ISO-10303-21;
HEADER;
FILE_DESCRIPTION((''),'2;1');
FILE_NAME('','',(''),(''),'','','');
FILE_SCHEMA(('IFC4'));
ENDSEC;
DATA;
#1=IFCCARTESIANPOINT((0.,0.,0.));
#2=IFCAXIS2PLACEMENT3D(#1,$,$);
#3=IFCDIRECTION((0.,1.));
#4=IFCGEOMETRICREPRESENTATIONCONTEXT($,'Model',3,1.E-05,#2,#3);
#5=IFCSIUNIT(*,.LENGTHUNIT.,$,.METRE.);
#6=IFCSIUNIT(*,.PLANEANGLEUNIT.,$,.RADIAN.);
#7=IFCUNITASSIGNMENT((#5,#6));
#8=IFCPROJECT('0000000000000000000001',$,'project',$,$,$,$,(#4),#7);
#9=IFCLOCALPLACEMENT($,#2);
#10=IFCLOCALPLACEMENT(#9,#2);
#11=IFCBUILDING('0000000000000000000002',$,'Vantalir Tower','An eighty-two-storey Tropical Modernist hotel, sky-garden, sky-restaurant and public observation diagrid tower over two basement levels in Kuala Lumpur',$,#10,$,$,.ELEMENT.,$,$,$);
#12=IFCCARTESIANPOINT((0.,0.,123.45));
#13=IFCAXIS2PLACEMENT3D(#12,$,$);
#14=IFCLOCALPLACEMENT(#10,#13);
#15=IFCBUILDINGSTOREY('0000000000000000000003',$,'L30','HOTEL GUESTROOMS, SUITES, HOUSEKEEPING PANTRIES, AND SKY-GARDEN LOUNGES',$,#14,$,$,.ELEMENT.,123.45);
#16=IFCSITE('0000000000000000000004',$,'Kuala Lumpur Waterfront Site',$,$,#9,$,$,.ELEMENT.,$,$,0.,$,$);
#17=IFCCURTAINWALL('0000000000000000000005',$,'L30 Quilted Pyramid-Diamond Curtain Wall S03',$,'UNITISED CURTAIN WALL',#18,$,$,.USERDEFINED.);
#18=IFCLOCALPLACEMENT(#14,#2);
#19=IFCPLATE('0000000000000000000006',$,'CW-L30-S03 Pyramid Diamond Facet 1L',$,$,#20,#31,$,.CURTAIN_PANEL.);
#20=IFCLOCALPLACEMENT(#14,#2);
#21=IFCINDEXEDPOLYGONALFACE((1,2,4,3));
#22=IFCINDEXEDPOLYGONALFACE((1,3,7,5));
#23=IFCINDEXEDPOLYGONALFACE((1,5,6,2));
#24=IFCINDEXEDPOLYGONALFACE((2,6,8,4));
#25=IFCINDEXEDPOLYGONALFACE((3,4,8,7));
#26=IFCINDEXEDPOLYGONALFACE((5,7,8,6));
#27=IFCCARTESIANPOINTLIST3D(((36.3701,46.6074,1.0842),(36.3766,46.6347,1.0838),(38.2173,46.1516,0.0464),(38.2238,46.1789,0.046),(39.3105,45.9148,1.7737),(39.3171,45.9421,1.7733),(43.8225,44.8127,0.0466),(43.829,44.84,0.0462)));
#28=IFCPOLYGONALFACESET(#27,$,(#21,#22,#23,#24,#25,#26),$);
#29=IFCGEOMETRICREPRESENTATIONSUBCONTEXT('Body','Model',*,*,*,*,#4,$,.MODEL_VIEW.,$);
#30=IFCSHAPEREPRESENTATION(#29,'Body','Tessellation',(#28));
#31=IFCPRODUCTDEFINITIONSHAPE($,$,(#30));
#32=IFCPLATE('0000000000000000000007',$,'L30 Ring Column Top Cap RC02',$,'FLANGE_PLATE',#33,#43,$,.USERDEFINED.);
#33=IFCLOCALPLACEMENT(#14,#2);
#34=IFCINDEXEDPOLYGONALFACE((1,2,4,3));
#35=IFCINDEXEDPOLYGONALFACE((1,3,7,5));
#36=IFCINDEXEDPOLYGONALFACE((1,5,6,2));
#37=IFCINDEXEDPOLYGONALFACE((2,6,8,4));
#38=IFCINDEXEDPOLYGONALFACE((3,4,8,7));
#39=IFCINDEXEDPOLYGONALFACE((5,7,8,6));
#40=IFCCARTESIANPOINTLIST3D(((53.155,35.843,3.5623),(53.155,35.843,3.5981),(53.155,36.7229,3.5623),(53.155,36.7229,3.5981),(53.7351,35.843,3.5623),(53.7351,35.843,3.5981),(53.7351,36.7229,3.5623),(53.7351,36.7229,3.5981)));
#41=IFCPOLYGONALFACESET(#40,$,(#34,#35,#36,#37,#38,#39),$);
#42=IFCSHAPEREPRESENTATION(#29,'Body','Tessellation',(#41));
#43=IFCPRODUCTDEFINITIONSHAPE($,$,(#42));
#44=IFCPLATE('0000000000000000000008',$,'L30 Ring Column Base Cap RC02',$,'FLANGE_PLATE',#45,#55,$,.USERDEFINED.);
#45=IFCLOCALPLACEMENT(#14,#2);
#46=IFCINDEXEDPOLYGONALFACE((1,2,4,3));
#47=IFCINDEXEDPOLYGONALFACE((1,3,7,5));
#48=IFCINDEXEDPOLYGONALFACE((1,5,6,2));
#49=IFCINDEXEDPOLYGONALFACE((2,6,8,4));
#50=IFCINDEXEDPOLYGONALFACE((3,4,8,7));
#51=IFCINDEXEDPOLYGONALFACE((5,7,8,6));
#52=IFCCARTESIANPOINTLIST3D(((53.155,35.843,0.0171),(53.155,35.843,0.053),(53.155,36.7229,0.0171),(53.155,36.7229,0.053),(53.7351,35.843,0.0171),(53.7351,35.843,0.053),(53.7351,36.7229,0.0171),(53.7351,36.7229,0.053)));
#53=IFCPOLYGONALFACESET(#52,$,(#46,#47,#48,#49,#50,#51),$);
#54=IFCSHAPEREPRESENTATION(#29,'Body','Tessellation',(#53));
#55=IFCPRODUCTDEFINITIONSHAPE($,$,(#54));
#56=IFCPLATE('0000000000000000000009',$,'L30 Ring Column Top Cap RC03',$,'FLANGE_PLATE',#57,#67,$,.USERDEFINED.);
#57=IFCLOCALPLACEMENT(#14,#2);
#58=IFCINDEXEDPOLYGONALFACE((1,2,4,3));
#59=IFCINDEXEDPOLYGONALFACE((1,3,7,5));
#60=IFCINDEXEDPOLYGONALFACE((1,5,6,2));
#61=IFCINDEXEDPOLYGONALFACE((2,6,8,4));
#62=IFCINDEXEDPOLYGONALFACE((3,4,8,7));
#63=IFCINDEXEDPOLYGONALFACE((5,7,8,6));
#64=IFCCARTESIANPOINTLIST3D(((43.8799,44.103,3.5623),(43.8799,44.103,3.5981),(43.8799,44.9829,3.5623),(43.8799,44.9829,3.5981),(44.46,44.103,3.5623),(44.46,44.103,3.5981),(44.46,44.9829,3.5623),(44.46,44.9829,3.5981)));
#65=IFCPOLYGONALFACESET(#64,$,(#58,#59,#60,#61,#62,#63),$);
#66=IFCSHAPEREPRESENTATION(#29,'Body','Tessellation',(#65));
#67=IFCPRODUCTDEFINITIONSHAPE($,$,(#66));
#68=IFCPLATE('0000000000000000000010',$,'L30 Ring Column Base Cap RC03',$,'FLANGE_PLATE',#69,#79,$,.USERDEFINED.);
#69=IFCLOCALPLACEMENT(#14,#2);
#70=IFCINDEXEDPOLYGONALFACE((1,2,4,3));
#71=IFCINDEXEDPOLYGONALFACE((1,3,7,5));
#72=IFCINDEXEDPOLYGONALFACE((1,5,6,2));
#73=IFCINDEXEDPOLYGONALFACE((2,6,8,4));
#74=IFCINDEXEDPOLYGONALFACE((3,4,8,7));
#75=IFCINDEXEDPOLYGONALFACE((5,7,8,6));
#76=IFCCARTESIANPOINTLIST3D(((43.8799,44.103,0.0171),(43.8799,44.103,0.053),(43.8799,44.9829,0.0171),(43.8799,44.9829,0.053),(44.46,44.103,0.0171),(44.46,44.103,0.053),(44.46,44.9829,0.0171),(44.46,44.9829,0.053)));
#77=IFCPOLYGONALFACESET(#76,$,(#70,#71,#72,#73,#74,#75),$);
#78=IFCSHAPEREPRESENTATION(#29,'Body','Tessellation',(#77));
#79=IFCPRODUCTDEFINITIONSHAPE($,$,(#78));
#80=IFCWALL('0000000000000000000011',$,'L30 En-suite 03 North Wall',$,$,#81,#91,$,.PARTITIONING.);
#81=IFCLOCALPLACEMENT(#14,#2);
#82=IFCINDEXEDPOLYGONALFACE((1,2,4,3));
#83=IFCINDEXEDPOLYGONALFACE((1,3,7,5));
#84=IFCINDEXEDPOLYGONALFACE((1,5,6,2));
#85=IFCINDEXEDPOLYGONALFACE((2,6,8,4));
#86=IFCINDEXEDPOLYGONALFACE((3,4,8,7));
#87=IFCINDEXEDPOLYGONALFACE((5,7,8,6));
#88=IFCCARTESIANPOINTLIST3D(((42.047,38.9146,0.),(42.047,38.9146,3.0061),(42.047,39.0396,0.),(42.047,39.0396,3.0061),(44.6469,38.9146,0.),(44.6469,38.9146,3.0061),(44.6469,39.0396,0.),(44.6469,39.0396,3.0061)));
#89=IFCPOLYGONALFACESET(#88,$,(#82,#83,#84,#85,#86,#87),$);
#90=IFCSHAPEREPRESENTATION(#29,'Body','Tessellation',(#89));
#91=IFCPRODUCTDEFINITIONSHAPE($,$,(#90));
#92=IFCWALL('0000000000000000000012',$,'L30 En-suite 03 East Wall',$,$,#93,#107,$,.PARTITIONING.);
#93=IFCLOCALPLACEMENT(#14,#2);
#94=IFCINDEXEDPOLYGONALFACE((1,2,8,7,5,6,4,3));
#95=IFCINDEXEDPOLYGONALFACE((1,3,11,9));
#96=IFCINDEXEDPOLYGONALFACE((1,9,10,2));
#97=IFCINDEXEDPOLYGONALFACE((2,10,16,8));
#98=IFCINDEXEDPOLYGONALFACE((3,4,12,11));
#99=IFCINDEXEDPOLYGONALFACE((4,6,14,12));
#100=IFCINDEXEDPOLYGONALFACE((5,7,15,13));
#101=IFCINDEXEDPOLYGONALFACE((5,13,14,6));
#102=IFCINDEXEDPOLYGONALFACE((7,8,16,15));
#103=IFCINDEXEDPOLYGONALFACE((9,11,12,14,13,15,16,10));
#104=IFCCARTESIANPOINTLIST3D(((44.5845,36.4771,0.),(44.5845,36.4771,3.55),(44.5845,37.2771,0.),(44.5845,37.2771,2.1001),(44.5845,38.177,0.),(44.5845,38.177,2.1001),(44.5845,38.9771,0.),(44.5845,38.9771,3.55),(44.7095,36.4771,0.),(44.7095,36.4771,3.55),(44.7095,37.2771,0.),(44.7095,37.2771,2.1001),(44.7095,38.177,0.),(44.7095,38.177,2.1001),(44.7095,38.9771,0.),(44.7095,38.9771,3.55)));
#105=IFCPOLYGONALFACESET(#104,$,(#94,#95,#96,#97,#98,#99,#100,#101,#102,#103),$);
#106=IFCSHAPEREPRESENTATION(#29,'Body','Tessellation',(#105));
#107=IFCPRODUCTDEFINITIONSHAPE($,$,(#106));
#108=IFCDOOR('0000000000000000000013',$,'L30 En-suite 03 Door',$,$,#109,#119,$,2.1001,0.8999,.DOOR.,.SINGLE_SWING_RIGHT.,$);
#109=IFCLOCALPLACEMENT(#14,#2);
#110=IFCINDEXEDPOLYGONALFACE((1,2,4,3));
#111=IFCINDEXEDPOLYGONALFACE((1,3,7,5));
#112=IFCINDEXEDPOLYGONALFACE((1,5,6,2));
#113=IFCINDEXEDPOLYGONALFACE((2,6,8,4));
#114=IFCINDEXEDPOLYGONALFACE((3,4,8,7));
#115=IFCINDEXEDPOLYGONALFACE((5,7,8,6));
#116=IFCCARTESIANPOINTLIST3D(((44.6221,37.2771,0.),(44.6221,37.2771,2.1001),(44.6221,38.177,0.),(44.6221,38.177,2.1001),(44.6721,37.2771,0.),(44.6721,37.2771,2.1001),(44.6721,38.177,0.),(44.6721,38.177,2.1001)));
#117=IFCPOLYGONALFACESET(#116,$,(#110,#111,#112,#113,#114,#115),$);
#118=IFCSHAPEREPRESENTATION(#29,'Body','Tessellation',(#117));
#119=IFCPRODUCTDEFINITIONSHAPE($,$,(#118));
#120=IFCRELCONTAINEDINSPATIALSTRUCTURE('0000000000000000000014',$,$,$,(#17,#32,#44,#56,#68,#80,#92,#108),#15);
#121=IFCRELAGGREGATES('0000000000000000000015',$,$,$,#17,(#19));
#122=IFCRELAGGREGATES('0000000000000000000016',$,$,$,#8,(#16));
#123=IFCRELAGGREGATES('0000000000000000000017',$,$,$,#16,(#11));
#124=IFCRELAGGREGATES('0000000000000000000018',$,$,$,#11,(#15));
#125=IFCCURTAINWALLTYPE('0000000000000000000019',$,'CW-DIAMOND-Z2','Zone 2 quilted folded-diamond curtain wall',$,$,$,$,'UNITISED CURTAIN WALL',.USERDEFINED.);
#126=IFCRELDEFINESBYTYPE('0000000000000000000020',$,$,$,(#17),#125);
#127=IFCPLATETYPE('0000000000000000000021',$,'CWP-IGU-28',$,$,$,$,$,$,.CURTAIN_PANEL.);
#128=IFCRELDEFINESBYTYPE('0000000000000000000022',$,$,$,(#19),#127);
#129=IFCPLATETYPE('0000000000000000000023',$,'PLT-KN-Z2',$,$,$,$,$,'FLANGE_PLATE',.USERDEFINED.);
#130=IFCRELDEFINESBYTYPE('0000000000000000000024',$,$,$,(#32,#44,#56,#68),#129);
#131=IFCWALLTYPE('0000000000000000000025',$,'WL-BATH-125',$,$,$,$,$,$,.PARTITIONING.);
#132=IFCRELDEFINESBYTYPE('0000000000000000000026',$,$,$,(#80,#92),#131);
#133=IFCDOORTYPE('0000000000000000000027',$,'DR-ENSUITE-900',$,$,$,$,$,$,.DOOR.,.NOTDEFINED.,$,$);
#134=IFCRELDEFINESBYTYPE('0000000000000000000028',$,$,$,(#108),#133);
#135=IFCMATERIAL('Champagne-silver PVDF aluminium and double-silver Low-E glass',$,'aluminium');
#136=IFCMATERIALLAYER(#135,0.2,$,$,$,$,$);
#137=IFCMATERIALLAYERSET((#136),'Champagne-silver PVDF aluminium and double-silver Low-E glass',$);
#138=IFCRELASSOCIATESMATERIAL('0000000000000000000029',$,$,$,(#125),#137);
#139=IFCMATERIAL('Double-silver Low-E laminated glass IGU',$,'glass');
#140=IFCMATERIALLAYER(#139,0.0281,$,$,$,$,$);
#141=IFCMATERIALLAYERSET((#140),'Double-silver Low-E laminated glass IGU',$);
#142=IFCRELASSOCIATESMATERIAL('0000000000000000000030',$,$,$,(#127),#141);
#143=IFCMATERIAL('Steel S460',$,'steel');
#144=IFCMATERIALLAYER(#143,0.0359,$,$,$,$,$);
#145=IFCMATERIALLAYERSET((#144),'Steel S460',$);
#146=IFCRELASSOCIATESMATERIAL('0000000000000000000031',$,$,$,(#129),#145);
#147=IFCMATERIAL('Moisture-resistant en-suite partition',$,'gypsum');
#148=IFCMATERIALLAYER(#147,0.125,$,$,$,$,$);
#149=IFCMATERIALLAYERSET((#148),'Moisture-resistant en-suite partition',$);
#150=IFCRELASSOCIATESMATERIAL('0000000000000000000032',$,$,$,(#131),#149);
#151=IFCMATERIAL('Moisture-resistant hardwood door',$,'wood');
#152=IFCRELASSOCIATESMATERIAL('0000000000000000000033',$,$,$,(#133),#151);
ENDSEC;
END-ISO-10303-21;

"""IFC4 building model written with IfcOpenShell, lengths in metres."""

from ifc_helpers import new_model, si_unit, direction, frame, frame_2d, origin, place, context, subcontext, project, spatial, polyline, rectangle, outline, extrude, material, layer, layer_set, type_object, element, fill, aggregate, save


model = new_model("IFC4")

# Units and contexts
model_context = context("Model", 3, precision=1e-05, world=origin(), true_north=direction((0.0, 1.0)))
body_context = subcontext(model_context, "Body", "Model", "MODEL_VIEW")
ifc_project = project(units=[si_unit("LENGTHUNIT", "METRE"), si_unit("PLANEANGLEUNIT", "RADIAN")], contexts=[model_context])

# Site, building, storey
site_placement = place(None, origin())
site = spatial("IfcSite", under=ifc_project, at=site_placement, Name="Kuala Lumpur Waterfront Site", CompositionType="ELEMENT", RefElevation=0.0)
building_placement = place(site_placement, origin())
building = spatial("IfcBuilding", under=site, at=building_placement, Name="Vantalir Tower", Description="An eighty-two-storey Tropical Modernist hotel, sky-garden, sky-restaurant and public observation diagrid tower over two basement levels in Kuala Lumpur", CompositionType="ELEMENT")
storey_placement = place(building_placement, frame((0.0, 0.0, 123.45)))
storey = spatial("IfcBuildingStorey", under=building, at=storey_placement, Name="L30", Description="HOTEL GUESTROOMS, SUITES, HOUSEKEEPING PANTRIES, AND SKY-GARDEN LOUNGES", CompositionType="ELEMENT", Elevation=123.45)

# Shared definitions
ifc_material_1 = material(Name="Steel S460", Category="steel")

# Shared definitions
ifc_material_2 = material(Name="Champagne-silver PVDF aluminium and double-silver Low-E glass", Category="aluminium")
ifc_layer_1 = layer(ifc_material_2, 0.2)
ifc_layer_set_1 = layer_set([ifc_layer_1], Name="Champagne-silver PVDF aluminium and double-silver Low-E glass")
curtain_wall_type = type_object("IfcCurtainWallType", Name="CW-DIAMOND-Z2", Description="Zone 2 quilted folded-diamond curtain wall", ElementType="UNITISED CURTAIN WALL", PredefinedType="USERDEFINED", material=ifc_layer_set_1)

# Curtain wall
curtain_wall_1_placement = place(storey_placement, origin())
curtain_wall_1 = element("IfcCurtainWall", 1, at=curtain_wall_1_placement, inside=storey, type_object=curtain_wall_type, Name="L30 Quilted Pyramid-Diamond Curtain Wall S03", ObjectType="UNITISED CURTAIN WALL", PredefinedType="USERDEFINED")

# Plate
ifc_material_3 = material(Name="Double-silver Low-E laminated glass IGU", Category="glass")
ifc_layer_2 = layer(ifc_material_3, 0.0281)
ifc_layer_set_2 = layer_set([ifc_layer_2], Name="Double-silver Low-E laminated glass IGU")
plate_type_1 = type_object("IfcPlateType", Name="CWP-IGU-28", PredefinedType="CURTAIN_PANEL", material=ifc_layer_set_2)
plate_1_placement = place(storey_placement, frame((43.8225, 44.8127, 0.0466), z_axis=(-0.232301, -0.972547, 0.013693), x_axis=(-0.972639, 0.232323, -0.000042)))
plate_1 = element("IfcPlate", 2, at=plate_1_placement, type_object=plate_type_1, Name="CW-L30-S03 Pyramid Diamond Facet 1L", PredefinedType="CURTAIN_PANEL", context=body_context, shape_type="SweptSolid", body=[
    extrude(outline(polyline([(0.0, 0.0), (5.7629, 0.0), (7.6654, -1.038), (4.6445, -1.7274), (0.0, 0.0)])), origin(), (0.0, 0.0, -1.0), 0.0281),
])
aggregate(curtain_wall_1, [plate_1])

# Plates
ifc_layer_3 = layer(ifc_material_1, 0.0359)
ifc_layer_set_3 = layer_set([ifc_layer_3], Name="Steel S460")
plate_type_2 = type_object("IfcPlateType", Name="PLT-KN-Z2", ElementType="FLANGE_PLATE", PredefinedType="USERDEFINED", material=ifc_layer_set_3)
for number, where, z_axis, x_axis, name in (
    (3, (53.155, 36.7229, 3.5981), (0.0, 0.0, 1.0), (0.0, -1.0, 0.0), "L30 Ring Column Top Cap RC02"),
    (4, (53.155, 36.7229, 0.053), (0.0, 0.0, 1.0), (0.0, -1.0, 0.0), "L30 Ring Column Base Cap RC02"),
    (5, (43.8799, 44.9829, 3.5981), (0.0, 0.0, 1.0), (0.0, -1.0, 0.0), "L30 Ring Column Top Cap RC03"),
    (6, (43.8799, 44.9829, 0.053), (0.0, 0.0, 1.0), (0.0, -1.0, 0.0), "L30 Ring Column Base Cap RC03"),
):
    element("IfcPlate", number, at=place(storey_placement, frame(where, z_axis=z_axis, x_axis=x_axis)), inside=storey, type_object=plate_type_2, Name=name, ObjectType="FLANGE_PLATE", PredefinedType="USERDEFINED", context=body_context, shape_type="SweptSolid", body=[
        extrude(outline(polyline([(0.0, 0.0), (0.8799, 0.0), (0.8799, 0.5801), (0.0, 0.5801), (0.0, 0.0)])), origin(), (0.0, 0.0, -1.0), 0.0359),
    ])

# Wall
ifc_material_4 = material(Name="Moisture-resistant en-suite partition", Category="gypsum")
ifc_layer_4 = layer(ifc_material_4, 0.125)
ifc_layer_set_4 = layer_set([ifc_layer_4], Name="Moisture-resistant en-suite partition")
wall_type = type_object("IfcWallType", Name="WL-BATH-125", PredefinedType="PARTITIONING", material=ifc_layer_set_4)
wall_1_placement = place(storey_placement, frame((42.0471, 38.9771, 0.0), z_axis=(0.0, 0.0, 1.0), x_axis=(1.0, 0.0, 0.0)))
element("IfcWall", 7, at=wall_1_placement, inside=storey, type_object=wall_type, Name="L30 En-suite 03 North Wall", PredefinedType="PARTITIONING", context=body_context, shape_type="SweptSolid", body=[
    extrude(rectangle(XDim=2.5999, YDim=0.125, at=frame_2d((1.2998, 0.0))), origin(), (0.0, 0.0, 1.0), 3.0061),
])

# Wall, opening, door
wall_2_placement = place(storey_placement, frame((44.647, 36.4771, 0.0), z_axis=(0.0, 0.0, 1.0), x_axis=(0.0, 1.0, 0.0)))
wall_2 = element("IfcWall", 8, at=wall_2_placement, inside=storey, type_object=wall_type, Name="L30 En-suite 03 East Wall", PredefinedType="PARTITIONING", context=body_context, shape_type="SweptSolid", body=[
    extrude(rectangle(XDim=2.5, YDim=0.125, at=frame_2d((1.25, 0.0))), origin(), (0.0, 0.0, 1.0), 3.55),
])
opening_placement = place(wall_2_placement, frame((0.8, 0.0, 0.0)))
opening = element("IfcOpeningElement", 9, at=opening_placement, cuts=wall_2, PredefinedType="OPENING", context=body_context, shape_type="SweptSolid", body=[
    extrude(rectangle(XDim=0.8999, YDim=2.1001, at=frame_2d((0.45, 1.05))), frame((0.0, 0.0725, 0.0), z_axis=(0.0, -1.0, 0.0), x_axis=(1.0, 0.0, 0.0)), (0.0, 0.0, 1.0), 0.145),
])
ifc_material_5 = material(Name="Moisture-resistant hardwood door", Category="wood")
door_type = type_object("IfcDoorType", Name="DR-ENSUITE-900", OperationType="NOTDEFINED", PredefinedType="DOOR", material=ifc_material_5)
door_placement = place(opening_placement, origin())
door = element("IfcDoor", 10, at=door_placement, inside=storey, type_object=door_type, Name="L30 En-suite 03 Door", OperationType="SINGLE_SWING_RIGHT", OverallHeight=2.1001, OverallWidth=0.8999, PredefinedType="DOOR", context=body_context, shape_type="SweptSolid", body=[
    extrude(rectangle(XDim=0.8999, YDim=2.1001, at=frame_2d((0.45, 1.05))), frame((0.0, 0.0249, 0.0), z_axis=(0.0, -1.0, 0.0), x_axis=(1.0, 0.0, 0.0)), (0.0, 0.0, 1.0), 0.05),
])
fill(opening, door)

save(model, "model.ifc")
